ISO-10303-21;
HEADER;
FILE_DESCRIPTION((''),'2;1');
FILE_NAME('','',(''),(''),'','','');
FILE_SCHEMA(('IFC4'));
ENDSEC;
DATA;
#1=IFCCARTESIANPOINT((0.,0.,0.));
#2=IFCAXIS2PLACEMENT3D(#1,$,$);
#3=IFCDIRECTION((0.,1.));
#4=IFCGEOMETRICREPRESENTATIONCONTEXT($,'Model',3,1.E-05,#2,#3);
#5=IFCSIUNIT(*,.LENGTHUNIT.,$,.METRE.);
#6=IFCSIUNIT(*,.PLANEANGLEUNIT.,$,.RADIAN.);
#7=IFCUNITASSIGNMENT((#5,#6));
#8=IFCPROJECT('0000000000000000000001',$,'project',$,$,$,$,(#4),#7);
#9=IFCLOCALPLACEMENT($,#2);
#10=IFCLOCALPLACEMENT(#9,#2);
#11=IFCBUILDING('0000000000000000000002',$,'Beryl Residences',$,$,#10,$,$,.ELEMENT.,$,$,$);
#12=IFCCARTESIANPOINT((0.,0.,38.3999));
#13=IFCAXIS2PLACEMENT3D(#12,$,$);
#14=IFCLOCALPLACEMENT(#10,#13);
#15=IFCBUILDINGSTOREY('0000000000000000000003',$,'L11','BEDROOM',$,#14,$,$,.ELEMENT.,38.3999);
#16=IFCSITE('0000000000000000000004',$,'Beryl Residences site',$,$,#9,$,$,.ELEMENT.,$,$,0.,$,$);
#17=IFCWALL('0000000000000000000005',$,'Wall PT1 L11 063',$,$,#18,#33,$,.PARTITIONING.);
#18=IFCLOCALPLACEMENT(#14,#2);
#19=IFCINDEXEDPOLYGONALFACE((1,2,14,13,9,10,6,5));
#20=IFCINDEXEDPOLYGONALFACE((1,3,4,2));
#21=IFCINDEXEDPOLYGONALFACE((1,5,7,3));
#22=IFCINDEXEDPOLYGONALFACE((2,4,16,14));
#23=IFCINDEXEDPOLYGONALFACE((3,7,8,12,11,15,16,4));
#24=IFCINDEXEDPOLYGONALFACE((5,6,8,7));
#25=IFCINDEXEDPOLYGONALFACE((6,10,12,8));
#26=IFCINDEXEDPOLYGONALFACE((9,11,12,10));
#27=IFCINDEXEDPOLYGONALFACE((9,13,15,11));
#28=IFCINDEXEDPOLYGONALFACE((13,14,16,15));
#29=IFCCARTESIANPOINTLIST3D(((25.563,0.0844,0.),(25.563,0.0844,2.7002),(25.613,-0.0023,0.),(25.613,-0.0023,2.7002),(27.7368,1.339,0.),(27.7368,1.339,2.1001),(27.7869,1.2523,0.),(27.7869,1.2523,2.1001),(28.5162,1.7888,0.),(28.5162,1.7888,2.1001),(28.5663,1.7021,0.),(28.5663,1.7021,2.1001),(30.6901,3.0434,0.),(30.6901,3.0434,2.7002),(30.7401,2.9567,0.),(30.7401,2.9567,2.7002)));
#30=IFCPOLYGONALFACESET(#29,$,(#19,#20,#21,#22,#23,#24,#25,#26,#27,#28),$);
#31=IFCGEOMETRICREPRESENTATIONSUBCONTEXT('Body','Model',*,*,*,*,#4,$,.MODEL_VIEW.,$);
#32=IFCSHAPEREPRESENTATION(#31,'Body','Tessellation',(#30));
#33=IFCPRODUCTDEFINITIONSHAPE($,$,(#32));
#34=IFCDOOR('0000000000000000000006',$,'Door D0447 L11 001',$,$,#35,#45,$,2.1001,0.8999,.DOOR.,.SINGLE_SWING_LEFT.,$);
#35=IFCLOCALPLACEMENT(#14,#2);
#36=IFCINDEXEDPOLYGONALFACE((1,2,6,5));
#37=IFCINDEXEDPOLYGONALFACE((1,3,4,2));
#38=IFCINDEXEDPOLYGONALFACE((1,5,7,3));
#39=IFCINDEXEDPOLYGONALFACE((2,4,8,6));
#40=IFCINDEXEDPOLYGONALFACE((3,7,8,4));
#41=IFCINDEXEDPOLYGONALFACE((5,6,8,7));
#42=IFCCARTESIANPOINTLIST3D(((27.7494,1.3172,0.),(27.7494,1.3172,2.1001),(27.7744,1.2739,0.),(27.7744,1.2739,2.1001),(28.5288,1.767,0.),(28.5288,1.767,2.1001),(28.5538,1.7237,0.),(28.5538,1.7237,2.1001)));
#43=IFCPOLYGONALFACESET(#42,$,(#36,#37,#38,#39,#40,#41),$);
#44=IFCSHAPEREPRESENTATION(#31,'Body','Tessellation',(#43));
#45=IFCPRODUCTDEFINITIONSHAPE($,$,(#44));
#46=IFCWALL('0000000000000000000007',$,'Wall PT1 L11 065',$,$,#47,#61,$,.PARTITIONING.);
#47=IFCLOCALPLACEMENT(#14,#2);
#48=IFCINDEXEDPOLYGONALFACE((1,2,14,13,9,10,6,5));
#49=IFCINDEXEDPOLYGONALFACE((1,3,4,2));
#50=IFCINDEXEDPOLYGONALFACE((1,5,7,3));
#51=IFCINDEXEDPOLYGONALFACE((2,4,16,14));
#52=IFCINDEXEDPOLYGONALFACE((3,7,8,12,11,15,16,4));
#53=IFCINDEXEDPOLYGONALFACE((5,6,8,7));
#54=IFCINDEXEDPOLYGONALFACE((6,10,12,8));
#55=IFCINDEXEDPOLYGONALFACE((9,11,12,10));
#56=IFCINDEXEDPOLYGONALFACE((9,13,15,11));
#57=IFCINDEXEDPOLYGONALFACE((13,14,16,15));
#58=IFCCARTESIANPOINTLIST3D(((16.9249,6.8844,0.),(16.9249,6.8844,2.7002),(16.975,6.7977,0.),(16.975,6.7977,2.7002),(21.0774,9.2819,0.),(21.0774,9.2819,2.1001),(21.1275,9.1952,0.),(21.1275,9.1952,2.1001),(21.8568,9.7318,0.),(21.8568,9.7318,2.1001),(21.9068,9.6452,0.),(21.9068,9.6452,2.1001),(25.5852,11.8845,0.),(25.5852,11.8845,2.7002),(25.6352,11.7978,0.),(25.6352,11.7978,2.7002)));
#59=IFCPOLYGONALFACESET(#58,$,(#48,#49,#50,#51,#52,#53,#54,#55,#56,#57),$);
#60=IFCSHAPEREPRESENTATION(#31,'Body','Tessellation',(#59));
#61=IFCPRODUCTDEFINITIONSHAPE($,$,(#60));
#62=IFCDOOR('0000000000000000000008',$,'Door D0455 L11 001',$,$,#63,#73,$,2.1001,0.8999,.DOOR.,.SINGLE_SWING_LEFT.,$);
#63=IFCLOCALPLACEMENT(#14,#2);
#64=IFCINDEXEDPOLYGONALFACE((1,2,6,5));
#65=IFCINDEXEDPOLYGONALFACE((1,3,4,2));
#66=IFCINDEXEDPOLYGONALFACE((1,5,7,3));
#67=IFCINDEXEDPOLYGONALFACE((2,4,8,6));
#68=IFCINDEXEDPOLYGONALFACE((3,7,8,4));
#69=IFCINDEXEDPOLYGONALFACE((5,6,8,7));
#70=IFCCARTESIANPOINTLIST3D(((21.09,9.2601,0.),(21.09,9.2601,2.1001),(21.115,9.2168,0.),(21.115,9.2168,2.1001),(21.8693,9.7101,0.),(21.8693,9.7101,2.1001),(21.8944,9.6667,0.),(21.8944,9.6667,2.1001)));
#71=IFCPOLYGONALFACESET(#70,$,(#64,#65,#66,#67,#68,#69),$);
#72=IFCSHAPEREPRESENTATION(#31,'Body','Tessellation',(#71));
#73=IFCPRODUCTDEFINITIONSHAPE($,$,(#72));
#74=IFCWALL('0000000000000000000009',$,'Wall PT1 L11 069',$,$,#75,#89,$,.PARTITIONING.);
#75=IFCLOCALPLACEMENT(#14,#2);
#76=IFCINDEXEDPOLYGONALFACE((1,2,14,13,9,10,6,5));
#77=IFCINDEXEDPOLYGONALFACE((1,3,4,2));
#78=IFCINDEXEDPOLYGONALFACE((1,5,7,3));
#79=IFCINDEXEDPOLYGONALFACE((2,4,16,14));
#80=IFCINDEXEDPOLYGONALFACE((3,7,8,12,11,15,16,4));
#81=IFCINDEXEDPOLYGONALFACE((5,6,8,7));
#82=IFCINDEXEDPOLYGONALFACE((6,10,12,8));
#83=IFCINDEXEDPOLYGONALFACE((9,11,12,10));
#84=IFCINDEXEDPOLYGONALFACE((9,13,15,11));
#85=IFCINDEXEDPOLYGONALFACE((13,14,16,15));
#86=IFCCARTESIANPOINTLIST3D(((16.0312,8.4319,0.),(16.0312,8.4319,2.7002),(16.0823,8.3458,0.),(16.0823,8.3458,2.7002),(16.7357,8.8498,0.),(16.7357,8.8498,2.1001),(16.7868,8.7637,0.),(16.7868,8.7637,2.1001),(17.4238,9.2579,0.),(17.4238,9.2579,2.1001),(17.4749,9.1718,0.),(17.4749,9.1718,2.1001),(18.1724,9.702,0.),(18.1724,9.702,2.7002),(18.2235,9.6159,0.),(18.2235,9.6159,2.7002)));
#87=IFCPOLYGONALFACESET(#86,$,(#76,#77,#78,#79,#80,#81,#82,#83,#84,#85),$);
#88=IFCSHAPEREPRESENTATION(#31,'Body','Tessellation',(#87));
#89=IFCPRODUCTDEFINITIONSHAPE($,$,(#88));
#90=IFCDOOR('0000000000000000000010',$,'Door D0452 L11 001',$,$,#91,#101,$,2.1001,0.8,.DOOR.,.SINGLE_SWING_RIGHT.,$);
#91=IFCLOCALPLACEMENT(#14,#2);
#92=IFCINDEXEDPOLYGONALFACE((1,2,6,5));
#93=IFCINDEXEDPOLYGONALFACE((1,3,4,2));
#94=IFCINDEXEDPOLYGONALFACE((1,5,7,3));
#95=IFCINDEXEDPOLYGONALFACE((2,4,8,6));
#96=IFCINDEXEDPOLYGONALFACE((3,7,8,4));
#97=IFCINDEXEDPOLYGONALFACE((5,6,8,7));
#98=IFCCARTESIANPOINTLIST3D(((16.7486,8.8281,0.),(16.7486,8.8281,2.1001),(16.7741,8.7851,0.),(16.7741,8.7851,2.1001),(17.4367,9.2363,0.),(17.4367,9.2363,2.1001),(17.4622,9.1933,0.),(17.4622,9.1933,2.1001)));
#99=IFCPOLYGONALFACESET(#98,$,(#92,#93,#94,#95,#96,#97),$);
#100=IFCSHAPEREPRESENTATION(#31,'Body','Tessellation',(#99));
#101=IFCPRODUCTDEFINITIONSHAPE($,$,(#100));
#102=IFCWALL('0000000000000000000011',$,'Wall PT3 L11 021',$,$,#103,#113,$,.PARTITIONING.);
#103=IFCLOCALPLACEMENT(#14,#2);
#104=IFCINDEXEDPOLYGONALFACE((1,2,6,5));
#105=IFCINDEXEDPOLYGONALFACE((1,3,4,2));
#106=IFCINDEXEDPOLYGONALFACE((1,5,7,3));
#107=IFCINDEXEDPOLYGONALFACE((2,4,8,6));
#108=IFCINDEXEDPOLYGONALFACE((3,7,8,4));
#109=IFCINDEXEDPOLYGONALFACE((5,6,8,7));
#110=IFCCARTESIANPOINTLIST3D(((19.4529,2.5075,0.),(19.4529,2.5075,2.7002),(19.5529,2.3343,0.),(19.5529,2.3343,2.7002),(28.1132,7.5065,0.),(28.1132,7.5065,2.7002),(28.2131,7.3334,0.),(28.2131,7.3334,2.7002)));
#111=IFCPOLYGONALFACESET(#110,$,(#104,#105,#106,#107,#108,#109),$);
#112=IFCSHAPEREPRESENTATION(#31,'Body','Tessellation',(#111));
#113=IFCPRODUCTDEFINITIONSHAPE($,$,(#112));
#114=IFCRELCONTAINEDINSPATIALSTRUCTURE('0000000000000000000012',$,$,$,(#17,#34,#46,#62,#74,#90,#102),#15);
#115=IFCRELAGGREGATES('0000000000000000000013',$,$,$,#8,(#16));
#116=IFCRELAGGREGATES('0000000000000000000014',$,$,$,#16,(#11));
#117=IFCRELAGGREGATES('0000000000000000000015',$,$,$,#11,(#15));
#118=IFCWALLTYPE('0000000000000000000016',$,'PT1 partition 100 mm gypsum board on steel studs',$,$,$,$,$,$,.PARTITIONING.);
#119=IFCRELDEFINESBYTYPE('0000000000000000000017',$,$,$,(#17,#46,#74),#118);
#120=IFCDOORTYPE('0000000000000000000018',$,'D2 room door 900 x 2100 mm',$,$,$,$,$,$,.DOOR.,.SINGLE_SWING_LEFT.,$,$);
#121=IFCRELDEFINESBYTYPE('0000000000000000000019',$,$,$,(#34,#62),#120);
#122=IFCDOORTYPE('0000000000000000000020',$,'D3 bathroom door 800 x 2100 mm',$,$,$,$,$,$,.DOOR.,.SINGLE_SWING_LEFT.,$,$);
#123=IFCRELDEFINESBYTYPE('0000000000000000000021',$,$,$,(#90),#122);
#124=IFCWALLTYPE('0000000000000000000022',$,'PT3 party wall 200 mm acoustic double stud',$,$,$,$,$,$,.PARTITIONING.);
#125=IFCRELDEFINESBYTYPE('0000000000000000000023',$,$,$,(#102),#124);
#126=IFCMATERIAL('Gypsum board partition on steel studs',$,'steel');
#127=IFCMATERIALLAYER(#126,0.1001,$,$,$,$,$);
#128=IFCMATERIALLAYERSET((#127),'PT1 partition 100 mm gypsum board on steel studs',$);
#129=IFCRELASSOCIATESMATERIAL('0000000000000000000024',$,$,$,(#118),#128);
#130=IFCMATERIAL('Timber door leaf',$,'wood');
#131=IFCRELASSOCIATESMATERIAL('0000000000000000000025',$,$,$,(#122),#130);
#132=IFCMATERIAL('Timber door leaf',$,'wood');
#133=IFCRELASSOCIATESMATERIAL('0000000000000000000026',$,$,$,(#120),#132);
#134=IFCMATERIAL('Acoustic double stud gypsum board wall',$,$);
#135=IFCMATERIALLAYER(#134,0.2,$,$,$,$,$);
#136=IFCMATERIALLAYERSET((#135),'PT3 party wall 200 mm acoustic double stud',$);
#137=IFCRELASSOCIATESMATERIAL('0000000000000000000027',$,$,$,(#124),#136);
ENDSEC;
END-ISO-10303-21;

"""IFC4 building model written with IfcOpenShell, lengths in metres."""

from ifc_helpers import new_model, si_unit, direction, frame, frame_2d, origin, place, context, subcontext, project, spatial, rectangle, extrude, material, layer, layer_set, type_object, element, fill, save


model = new_model("IFC4")

# Units and contexts
model_context = context("Model", 3, precision=1e-05, world=origin(), true_north=direction((0.0, 1.0)))
body_context = subcontext(model_context, "Body", "Model", "MODEL_VIEW")
ifc_project = project(units=[si_unit("LENGTHUNIT", "METRE"), si_unit("PLANEANGLEUNIT", "RADIAN")], contexts=[model_context])

# Site, building, storey
site_placement = place(None, origin())
site = spatial("IfcSite", under=ifc_project, at=site_placement, Name="Beryl Residences site", CompositionType="ELEMENT", RefElevation=0.0)
building_placement = place(site_placement, origin())
building = spatial("IfcBuilding", under=site, at=building_placement, Name="Beryl Residences", CompositionType="ELEMENT")
storey_placement = place(building_placement, frame((0.0, 0.0, 38.3999)))
storey = spatial("IfcBuildingStorey", under=building, at=storey_placement, Name="L11", Description="BEDROOM", CompositionType="ELEMENT", Elevation=38.3999)

# Shared definitions
ifc_material_1 = material(Name="Gypsum board partition on steel studs", Category="steel")
ifc_layer_1 = layer(ifc_material_1, 0.1001)
ifc_layer_set_1 = layer_set([ifc_layer_1], Name="PT1 partition 100 mm gypsum board on steel studs")
wall_type_1 = type_object("IfcWallType", Name="PT1 partition 100 mm gypsum board on steel studs", PredefinedType="PARTITIONING", material=ifc_layer_set_1)
ifc_material_2 = material(Name="Timber door leaf", Category="wood")
door_type_1 = type_object("IfcDoorType", Name="D3 bathroom door 800 x 2100 mm", OperationType="SINGLE_SWING_LEFT", PredefinedType="DOOR", material=ifc_material_2)
ifc_material_3 = material(Name="Timber door leaf", Category="wood")
door_type_2 = type_object("IfcDoorType", Name="D2 room door 900 x 2100 mm", OperationType="SINGLE_SWING_LEFT", PredefinedType="DOOR", material=ifc_material_3)

# Walls, openings, doors
wall_1_placement = place(storey_placement, frame((25.5879, 0.041, 0.0), z_axis=(0.0, 0.0, 1.0), x_axis=(0.866113, 0.499847, 0.0)))
wall_1 = element("IfcWall", 1, at=wall_1_placement, inside=storey, type_object=wall_type_1, Name="Wall PT1 L11 063", PredefinedType="PARTITIONING", context=body_context, shape_type="SweptSolid", body=[
    extrude(rectangle(XDim=5.9197, YDim=0.1001, at=frame_2d((2.96, 0.0))), origin(), (0.0, 0.0, 1.0), 2.7002),
])
opening_1_placement = place(wall_1_placement, frame((2.51, 0.0, 0.0)))
opening_1 = element("IfcOpeningElement", 2, at=opening_1_placement, cuts=wall_1, PredefinedType="OPENING", context=body_context, shape_type="SweptSolid", body=[
    extrude(rectangle(XDim=0.8999, YDim=2.1001, at=frame_2d((0.45, 1.05))), frame((0.0, 0.0601, 0.0), z_axis=(0.0, -1.0, 0.0), x_axis=(1.0, 0.0, 0.0)), (0.0, 0.0, 1.0), 0.1201),
])
door_1_placement = place(opening_1_placement, origin())
door_1 = element("IfcDoor", 3, at=door_1_placement, inside=storey, type_object=door_type_2, Name="Door D0447 L11 001", OperationType="SINGLE_SWING_LEFT", OverallHeight=2.1001, OverallWidth=0.8999, PredefinedType="DOOR", context=body_context, shape_type="SweptSolid", body=[
    extrude(rectangle(XDim=0.8999, YDim=2.1001, at=frame_2d((0.45, 1.05))), frame((0.0, 0.0249, 0.0), z_axis=(0.0, -1.0, 0.0), x_axis=(1.0, 0.0, 0.0)), (0.0, 0.0, 1.0), 0.05),
])
fill(opening_1, door_1)
wall_2_placement = place(storey_placement, frame((16.95, 6.8411, 0.0), z_axis=(0.0, 0.0, 1.0), x_axis=(0.866023, 0.500004, 0.0)))
wall_2 = element("IfcWall", 4, at=wall_2_placement, inside=storey, type_object=wall_type_1, Name="Wall PT1 L11 065", PredefinedType="PARTITIONING", context=body_context, shape_type="SweptSolid", body=[
    extrude(rectangle(XDim=10.0, YDim=0.1001, at=frame_2d((5.0, 0.0))), origin(), (0.0, 0.0, 1.0), 2.7002),
])
opening_2_placement = place(wall_2_placement, frame((4.7949, 0.0, 0.0)))
opening_2 = element("IfcOpeningElement", 5, at=opening_2_placement, cuts=wall_2, PredefinedType="OPENING", context=body_context, shape_type="SweptSolid", body=[
    extrude(rectangle(XDim=0.8999, YDim=2.1001, at=frame_2d((0.45, 1.05))), frame((0.0, 0.0601, 0.0), z_axis=(0.0, -1.0, 0.0), x_axis=(1.0, 0.0, 0.0)), (0.0, 0.0, 1.0), 0.1201),
])
door_2_placement = place(opening_2_placement, origin())
door_2 = element("IfcDoor", 6, at=door_2_placement, inside=storey, type_object=door_type_2, Name="Door D0455 L11 001", OperationType="SINGLE_SWING_LEFT", OverallHeight=2.1001, OverallWidth=0.8999, PredefinedType="DOOR", context=body_context, shape_type="SweptSolid", body=[
    extrude(rectangle(XDim=0.8999, YDim=2.1001, at=frame_2d((0.45, 1.05))), frame((0.0, 0.0249, 0.0), z_axis=(0.0, -1.0, 0.0), x_axis=(1.0, 0.0, 0.0)), (0.0, 0.0, 1.0), 0.05),
])
fill(opening_2, door_2)
wall_3_placement = place(storey_placement, frame((16.0569, 8.3889, 0.0), z_axis=(0.0, 0.0, 1.0), x_axis=(0.860078, 0.510163, 0.0)))
wall_3 = element("IfcWall", 7, at=wall_3_placement, inside=storey, type_object=wall_type_1, Name="Wall PT1 L11 069", PredefinedType="PARTITIONING", context=body_context, shape_type="SweptSolid", body=[
    extrude(rectangle(XDim=2.4895, YDim=0.1001, at=frame_2d((1.2446, 0.0))), origin(), (0.0, 0.0, 1.0), 2.7002),
])
opening_3_placement = place(wall_3_placement, frame((0.8191, 0.0, 0.0)))
opening_3 = element("IfcOpeningElement", 8, at=opening_3_placement, cuts=wall_3, PredefinedType="OPENING", context=body_context, shape_type="SweptSolid", body=[
    extrude(rectangle(XDim=0.8, YDim=2.1001, at=frame_2d((0.3999, 1.05))), frame((0.0, 0.0601, 0.0), z_axis=(0.0, -1.0, 0.0), x_axis=(1.0, 0.0, 0.0)), (0.0, 0.0, 1.0), 0.1201),
])
door_3_placement = place(opening_3_placement, origin())
door_3 = element("IfcDoor", 9, at=door_3_placement, inside=storey, type_object=door_type_1, Name="Door D0452 L11 001", OperationType="SINGLE_SWING_RIGHT", OverallHeight=2.1001, OverallWidth=0.8, PredefinedType="DOOR", context=body_context, shape_type="SweptSolid", body=[
    extrude(rectangle(XDim=0.8, YDim=2.1001, at=frame_2d((0.3999, 1.05))), frame((0.0, 0.0249, 0.0), z_axis=(0.0, -1.0, 0.0), x_axis=(1.0, 0.0, 0.0)), (0.0, 0.0, 1.0), 0.05),
])
fill(opening_3, door_3)

# Wall
ifc_material_4 = material(Name="Acoustic double stud gypsum board wall")
ifc_layer_2 = layer(ifc_material_4, 0.2)
ifc_layer_set_2 = layer_set([ifc_layer_2], Name="PT3 party wall 200 mm acoustic double stud")
wall_type_2 = type_object("IfcWallType", Name="PT3 party wall 200 mm acoustic double stud", PredefinedType="PARTITIONING", material=ifc_layer_set_2)
wall_4_placement = place(storey_placement, frame((19.5029, 2.4209, 0.0), z_axis=(0.0, 0.0, 1.0), x_axis=(0.866065, 0.499931, 0.0)))
element("IfcWall", 10, at=wall_4_placement, inside=storey, type_object=wall_type_2, Name="Wall PT3 L11 021", PredefinedType="PARTITIONING", context=body_context, shape_type="SweptSolid", body=[
    extrude(rectangle(XDim=9.9995, YDim=0.2, at=frame_2d((4.9998, 0.0))), origin(), (0.0, 0.0, 1.0), 2.7002),
])

save(model, "model.ifc")
